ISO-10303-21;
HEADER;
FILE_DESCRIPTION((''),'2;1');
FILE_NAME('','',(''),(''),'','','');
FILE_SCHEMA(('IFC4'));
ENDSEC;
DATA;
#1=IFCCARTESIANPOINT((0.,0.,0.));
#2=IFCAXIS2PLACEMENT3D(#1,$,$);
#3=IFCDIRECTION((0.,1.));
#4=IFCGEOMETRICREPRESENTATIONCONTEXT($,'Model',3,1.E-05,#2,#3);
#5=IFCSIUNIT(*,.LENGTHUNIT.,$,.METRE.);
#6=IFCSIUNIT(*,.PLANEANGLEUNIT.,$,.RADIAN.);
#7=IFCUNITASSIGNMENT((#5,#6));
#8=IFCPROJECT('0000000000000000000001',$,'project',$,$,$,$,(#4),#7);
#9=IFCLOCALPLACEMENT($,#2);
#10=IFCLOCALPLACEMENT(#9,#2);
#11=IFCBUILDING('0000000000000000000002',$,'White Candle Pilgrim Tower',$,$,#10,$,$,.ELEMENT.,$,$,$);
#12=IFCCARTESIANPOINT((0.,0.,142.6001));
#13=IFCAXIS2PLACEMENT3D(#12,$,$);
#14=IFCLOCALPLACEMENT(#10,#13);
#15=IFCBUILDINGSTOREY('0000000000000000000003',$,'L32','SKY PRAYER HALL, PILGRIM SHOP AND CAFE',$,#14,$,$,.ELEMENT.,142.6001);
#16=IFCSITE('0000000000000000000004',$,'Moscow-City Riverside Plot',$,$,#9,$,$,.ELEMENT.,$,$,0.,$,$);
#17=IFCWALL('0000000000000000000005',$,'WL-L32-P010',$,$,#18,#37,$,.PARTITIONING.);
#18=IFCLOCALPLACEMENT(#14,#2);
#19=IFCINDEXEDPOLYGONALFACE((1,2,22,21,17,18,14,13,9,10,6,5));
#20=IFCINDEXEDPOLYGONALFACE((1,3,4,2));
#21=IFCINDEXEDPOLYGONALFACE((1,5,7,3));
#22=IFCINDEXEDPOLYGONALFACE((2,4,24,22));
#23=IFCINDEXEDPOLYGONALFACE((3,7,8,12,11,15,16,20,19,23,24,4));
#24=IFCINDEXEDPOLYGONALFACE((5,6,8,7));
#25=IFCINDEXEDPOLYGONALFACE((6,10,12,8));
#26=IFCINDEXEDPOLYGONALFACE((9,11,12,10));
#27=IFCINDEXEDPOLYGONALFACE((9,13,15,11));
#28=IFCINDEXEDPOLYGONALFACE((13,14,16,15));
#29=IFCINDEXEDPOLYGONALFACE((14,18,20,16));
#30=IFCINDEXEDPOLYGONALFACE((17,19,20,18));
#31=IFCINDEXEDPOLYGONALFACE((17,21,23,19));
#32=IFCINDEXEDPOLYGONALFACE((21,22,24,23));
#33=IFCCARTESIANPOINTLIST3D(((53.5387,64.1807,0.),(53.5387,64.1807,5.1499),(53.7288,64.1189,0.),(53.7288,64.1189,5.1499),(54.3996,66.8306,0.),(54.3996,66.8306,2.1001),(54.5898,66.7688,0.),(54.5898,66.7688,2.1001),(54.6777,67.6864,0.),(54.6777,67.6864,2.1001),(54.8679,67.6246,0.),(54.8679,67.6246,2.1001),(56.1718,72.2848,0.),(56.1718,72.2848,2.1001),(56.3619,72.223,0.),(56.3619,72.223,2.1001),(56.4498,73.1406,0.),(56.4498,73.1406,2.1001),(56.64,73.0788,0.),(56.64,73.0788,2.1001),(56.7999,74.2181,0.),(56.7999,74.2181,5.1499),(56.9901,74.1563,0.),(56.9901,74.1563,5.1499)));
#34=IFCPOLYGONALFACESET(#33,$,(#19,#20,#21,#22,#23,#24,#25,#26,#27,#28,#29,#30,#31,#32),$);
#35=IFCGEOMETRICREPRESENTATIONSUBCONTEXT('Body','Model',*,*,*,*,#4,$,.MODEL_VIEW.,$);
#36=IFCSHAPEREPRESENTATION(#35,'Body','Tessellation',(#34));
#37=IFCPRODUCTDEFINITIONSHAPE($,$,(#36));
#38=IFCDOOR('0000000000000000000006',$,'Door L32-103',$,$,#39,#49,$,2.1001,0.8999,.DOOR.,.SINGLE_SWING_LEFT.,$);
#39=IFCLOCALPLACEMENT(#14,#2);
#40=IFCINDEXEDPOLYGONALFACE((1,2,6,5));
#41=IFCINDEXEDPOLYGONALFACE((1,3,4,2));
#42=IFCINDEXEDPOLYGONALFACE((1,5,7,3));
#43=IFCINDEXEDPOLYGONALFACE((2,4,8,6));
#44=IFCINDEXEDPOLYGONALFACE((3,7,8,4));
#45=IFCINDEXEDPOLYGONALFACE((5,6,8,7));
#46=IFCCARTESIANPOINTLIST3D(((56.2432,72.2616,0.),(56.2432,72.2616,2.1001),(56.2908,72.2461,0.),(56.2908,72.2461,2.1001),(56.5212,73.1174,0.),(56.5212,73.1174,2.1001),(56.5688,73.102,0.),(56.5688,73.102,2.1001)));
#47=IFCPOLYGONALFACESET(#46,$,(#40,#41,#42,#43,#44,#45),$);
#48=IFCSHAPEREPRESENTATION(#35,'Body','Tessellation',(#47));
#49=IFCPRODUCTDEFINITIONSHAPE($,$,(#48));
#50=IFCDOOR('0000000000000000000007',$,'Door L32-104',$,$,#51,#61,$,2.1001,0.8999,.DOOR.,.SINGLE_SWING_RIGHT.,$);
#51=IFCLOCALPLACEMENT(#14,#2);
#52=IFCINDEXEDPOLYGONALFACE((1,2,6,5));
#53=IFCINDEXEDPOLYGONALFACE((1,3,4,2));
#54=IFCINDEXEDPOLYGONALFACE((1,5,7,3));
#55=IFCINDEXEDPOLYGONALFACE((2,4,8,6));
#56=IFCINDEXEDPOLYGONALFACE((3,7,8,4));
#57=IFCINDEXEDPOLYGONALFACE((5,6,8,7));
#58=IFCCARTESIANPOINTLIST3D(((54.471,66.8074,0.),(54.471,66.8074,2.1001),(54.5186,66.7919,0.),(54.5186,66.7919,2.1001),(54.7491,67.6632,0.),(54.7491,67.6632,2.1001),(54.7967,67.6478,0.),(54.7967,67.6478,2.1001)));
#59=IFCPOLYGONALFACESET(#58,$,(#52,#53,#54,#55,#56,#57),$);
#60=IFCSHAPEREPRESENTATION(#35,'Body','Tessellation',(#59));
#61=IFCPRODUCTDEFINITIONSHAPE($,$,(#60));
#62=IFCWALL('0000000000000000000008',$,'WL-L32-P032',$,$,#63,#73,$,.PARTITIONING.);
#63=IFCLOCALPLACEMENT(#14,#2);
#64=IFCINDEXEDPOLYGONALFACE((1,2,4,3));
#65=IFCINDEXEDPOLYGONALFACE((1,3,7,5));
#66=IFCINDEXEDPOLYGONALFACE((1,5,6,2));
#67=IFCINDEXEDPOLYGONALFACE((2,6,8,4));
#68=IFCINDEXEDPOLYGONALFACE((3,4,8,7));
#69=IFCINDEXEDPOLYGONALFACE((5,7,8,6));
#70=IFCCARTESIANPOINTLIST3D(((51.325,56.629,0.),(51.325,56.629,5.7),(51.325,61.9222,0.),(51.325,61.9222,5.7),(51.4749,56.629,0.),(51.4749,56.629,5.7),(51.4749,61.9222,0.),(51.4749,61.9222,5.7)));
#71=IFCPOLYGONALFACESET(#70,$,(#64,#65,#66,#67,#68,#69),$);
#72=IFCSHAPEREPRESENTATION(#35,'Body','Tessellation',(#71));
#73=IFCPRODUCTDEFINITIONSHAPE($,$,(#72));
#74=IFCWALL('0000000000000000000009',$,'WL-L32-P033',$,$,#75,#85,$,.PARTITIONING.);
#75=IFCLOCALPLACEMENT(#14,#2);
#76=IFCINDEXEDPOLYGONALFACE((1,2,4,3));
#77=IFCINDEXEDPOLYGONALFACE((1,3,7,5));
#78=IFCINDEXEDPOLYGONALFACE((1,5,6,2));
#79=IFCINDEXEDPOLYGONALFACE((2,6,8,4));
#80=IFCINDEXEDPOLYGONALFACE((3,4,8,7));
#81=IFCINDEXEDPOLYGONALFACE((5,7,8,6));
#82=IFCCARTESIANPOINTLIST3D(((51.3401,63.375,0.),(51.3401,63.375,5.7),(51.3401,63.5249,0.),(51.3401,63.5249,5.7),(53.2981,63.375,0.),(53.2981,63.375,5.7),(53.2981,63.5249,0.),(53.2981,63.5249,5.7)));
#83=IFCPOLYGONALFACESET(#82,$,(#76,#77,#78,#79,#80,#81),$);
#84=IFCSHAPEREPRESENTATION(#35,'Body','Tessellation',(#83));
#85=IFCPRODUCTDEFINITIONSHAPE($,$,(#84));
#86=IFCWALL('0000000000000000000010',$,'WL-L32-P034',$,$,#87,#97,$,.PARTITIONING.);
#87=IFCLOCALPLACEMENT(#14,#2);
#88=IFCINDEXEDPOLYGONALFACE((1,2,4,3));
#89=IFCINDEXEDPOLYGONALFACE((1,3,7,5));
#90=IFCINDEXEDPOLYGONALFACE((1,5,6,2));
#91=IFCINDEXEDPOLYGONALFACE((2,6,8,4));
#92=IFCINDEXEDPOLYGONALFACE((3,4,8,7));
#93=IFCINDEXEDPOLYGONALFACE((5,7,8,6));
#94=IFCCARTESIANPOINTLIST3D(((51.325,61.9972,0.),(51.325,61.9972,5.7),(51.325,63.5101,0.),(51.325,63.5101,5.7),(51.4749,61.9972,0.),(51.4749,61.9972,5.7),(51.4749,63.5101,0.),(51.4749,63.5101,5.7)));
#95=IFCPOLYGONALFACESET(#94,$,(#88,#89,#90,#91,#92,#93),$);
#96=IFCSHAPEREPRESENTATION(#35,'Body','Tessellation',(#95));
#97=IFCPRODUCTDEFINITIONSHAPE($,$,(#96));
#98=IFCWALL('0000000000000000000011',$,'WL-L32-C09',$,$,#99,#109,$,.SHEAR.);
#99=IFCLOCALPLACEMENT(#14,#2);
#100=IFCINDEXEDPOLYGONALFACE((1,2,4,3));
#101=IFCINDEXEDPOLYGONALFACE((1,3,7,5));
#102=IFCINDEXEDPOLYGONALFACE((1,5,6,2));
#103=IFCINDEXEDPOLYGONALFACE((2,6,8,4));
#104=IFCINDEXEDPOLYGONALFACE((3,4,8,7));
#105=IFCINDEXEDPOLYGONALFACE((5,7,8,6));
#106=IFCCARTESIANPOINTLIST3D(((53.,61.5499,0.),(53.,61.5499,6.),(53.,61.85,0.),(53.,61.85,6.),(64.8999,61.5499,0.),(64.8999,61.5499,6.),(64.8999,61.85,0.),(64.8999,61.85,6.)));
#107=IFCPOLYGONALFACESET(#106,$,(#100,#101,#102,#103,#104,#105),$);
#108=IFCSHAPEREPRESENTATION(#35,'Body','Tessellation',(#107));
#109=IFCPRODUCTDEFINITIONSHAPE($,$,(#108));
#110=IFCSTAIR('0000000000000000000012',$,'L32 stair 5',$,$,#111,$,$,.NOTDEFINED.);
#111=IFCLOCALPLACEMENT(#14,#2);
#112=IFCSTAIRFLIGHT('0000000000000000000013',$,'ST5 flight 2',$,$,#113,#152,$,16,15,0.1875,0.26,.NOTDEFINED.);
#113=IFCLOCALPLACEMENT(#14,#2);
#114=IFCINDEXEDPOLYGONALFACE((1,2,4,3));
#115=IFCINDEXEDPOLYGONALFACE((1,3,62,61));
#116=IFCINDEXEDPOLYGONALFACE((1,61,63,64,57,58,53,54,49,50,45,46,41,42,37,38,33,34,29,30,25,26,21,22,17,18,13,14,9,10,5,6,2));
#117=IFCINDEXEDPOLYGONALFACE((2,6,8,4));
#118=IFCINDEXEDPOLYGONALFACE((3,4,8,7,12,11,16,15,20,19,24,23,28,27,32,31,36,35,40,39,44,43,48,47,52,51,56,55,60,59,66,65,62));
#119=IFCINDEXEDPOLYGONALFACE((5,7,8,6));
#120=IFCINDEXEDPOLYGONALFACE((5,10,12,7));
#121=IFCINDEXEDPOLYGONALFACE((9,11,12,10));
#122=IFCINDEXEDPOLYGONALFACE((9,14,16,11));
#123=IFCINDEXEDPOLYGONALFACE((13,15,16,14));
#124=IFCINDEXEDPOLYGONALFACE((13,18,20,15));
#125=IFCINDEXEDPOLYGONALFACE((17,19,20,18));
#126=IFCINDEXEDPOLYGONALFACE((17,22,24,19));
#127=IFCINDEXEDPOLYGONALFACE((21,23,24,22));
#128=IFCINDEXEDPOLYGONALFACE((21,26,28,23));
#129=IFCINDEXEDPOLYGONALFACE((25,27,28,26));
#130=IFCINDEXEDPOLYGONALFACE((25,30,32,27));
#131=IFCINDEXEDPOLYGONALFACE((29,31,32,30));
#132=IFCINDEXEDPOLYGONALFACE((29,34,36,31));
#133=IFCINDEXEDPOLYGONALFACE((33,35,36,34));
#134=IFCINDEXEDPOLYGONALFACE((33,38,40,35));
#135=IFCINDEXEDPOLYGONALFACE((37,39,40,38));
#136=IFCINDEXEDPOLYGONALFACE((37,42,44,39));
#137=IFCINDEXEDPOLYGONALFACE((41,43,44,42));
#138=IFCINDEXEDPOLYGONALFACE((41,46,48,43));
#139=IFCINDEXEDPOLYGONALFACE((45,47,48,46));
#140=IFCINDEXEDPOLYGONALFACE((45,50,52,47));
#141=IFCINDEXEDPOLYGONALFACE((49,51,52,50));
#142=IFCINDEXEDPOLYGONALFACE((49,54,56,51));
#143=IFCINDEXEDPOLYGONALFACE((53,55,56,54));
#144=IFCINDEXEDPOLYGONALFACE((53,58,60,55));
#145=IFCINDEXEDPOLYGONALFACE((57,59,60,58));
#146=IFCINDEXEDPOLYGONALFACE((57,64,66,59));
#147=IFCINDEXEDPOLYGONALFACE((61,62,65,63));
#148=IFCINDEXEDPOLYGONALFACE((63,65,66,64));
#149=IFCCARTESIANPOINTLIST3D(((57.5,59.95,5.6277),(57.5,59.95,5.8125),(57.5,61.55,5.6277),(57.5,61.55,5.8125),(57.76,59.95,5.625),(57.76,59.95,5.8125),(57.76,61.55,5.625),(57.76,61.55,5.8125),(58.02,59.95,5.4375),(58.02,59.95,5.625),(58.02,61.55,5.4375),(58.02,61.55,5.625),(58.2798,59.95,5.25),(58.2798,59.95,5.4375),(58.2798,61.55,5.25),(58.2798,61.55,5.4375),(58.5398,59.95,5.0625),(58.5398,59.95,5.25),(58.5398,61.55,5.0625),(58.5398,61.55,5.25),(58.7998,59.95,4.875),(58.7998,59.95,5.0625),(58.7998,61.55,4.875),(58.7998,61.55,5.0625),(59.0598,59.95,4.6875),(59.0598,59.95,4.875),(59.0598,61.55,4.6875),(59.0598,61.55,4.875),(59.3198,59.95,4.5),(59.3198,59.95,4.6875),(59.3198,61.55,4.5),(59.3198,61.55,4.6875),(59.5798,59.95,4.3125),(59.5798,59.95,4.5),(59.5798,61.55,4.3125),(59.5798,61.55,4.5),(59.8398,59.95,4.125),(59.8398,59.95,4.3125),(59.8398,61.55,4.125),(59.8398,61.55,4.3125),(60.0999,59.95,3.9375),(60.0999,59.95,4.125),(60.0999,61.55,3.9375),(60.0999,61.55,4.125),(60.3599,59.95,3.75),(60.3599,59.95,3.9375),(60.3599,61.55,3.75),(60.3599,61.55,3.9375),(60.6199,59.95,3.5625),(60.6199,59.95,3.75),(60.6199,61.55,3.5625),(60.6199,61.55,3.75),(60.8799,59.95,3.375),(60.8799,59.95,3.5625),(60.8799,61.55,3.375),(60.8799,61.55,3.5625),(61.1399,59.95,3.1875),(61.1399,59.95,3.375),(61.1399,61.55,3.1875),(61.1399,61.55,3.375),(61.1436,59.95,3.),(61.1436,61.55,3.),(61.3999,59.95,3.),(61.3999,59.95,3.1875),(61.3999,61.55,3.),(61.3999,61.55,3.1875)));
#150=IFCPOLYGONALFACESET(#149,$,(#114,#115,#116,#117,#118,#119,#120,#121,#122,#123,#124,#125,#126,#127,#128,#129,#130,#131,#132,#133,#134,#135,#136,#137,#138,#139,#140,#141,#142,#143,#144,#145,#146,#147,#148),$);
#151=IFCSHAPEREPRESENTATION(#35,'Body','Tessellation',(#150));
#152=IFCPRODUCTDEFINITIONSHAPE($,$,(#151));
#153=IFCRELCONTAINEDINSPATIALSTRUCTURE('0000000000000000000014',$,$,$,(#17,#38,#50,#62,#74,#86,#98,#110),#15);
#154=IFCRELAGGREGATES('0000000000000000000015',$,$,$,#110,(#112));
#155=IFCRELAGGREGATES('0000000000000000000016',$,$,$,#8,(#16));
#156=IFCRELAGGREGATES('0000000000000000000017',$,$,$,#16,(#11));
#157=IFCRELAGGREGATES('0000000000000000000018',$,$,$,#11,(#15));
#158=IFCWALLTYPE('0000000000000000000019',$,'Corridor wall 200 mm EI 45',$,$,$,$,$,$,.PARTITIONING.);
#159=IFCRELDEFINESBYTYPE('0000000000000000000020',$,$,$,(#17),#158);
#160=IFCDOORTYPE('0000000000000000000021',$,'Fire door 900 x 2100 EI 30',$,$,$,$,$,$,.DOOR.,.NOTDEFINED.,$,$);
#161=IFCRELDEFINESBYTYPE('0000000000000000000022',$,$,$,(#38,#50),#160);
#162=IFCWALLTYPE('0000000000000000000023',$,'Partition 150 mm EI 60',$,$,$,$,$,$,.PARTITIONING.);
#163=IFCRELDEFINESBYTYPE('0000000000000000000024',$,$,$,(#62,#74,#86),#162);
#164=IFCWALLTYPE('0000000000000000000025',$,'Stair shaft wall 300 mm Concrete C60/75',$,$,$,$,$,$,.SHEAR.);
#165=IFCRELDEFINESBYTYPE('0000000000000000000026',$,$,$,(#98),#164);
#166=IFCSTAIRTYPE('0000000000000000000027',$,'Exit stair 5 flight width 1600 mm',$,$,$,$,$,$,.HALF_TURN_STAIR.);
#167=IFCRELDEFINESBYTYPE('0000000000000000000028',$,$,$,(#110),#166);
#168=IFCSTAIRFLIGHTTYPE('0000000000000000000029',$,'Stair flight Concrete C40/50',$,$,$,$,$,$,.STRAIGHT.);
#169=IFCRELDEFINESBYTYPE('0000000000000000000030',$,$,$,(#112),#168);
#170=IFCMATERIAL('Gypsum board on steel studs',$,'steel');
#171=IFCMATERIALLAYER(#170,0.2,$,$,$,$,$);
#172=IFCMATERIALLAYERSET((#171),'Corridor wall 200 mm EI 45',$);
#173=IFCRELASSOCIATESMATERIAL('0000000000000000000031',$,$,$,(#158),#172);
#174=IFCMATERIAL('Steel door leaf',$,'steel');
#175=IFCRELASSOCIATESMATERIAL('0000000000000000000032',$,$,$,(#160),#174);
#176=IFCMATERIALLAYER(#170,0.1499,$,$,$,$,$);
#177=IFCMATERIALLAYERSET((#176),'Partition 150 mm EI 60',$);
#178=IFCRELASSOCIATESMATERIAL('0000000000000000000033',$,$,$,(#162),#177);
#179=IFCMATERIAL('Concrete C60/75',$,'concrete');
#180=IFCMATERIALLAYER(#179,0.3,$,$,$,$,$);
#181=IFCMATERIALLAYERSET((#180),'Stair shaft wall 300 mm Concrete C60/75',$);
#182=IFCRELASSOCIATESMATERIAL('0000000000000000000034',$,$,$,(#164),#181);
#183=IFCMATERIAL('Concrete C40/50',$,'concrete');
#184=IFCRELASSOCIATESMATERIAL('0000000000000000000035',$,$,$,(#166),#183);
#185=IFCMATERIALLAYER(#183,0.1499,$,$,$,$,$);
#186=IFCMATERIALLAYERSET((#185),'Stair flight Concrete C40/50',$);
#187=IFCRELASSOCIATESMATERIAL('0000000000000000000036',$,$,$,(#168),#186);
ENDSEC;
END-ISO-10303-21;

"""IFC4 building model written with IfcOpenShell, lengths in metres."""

from ifc_helpers import new_model, si_unit, direction, frame, frame_2d, origin, place, context, subcontext, project, spatial, polyline, rectangle, outline, extrude, material, layer, layer_set, type_object, element, fill, aggregate, save


model = new_model("IFC4")

# Units and contexts
model_context = context("Model", 3, precision=1e-05, world=origin(), true_north=direction((0.0, 1.0)))
body_context = subcontext(model_context, "Body", "Model", "MODEL_VIEW")
ifc_project = project(units=[si_unit("LENGTHUNIT", "METRE"), si_unit("PLANEANGLEUNIT", "RADIAN")], contexts=[model_context])

# Site, building, storey
site_placement = place(None, origin())
site = spatial("IfcSite", under=ifc_project, at=site_placement, Name="Moscow-City Riverside Plot", CompositionType="ELEMENT", RefElevation=0.0)
building_placement = place(site_placement, origin())
building = spatial("IfcBuilding", under=site, at=building_placement, Name="White Candle Pilgrim Tower", CompositionType="ELEMENT")
storey_placement = place(building_placement, frame((0.0, 0.0, 142.6001)))
storey = spatial("IfcBuildingStorey", under=building, at=storey_placement, Name="L32", Description="SKY PRAYER HALL, PILGRIM SHOP AND CAFE", CompositionType="ELEMENT", Elevation=142.6001)

# Shared definitions
ifc_material_1 = material(Name="Gypsum board on steel studs", Category="steel")
ifc_layer_1 = layer(ifc_material_1, 0.2)
ifc_layer_set_1 = layer_set([ifc_layer_1], Name="Corridor wall 200 mm EI 45")
wall_type_1 = type_object("IfcWallType", Name="Corridor wall 200 mm EI 45", PredefinedType="PARTITIONING", material=ifc_layer_set_1)

# Wall, openings, doors
wall_1_placement = place(storey_placement, frame((53.6338, 64.1499, 0.0), z_axis=(0.0, 0.0, 1.0), x_axis=(0.309008, 0.951059, 0.0)))
wall_1 = element("IfcWall", 1, at=wall_1_placement, inside=storey, type_object=wall_type_1, Name="WL-L32-P010", PredefinedType="PARTITIONING", context=body_context, shape_type="SweptSolid", body=[
    extrude(rectangle(XDim=10.554, YDim=0.2, at=frame_2d((5.2769, 0.0))), origin(), (0.0, 0.0, 1.0), 5.1499),
])
opening_1_placement = place(wall_1_placement, frame((8.521, 0.0, 0.0)))
opening_1 = element("IfcOpeningElement", 2, at=opening_1_placement, cuts=wall_1, PredefinedType="OPENING", context=body_context, shape_type="SweptSolid", body=[
    extrude(rectangle(XDim=0.8999, YDim=2.1001, at=frame_2d((0.45, 1.05))), frame((0.0, 0.1099, 0.0), z_axis=(0.0, -1.0, 0.0), x_axis=(1.0, 0.0, 0.0)), (0.0, 0.0, 1.0), 0.22),
])
opening_2_placement = place(wall_1_placement, frame((2.7861, 0.0, 0.0)))
opening_2 = element("IfcOpeningElement", 3, at=opening_2_placement, cuts=wall_1, PredefinedType="OPENING", context=body_context, shape_type="SweptSolid", body=[
    extrude(rectangle(XDim=0.8999, YDim=2.1001, at=frame_2d((0.45, 1.05))), frame((0.0, 0.1099, 0.0), z_axis=(0.0, -1.0, 0.0), x_axis=(1.0, 0.0, 0.0)), (0.0, 0.0, 1.0), 0.22),
])
ifc_material_2 = material(Name="Steel door leaf", Category="steel")
door_type = type_object("IfcDoorType", Name="Fire door 900 x 2100 EI 30", OperationType="NOTDEFINED", PredefinedType="DOOR", material=ifc_material_2)
door_1_placement = place(opening_1_placement, origin())
door_1 = element("IfcDoor", 4, at=door_1_placement, inside=storey, type_object=door_type, Name="Door L32-103", OperationType="SINGLE_SWING_LEFT", OverallHeight=2.1001, OverallWidth=0.8999, PredefinedType="DOOR", context=body_context, shape_type="SweptSolid", body=[
    extrude(rectangle(XDim=0.8999, YDim=2.1001, at=frame_2d((0.45, 1.05))), frame((0.0, 0.0249, 0.0), z_axis=(0.0, -1.0, 0.0), x_axis=(1.0, 0.0, 0.0)), (0.0, 0.0, 1.0), 0.05),
])
fill(opening_1, door_1)
door_2_placement = place(opening_2_placement, origin())
door_2 = element("IfcDoor", 5, at=door_2_placement, inside=storey, type_object=door_type, Name="Door L32-104", OperationType="SINGLE_SWING_RIGHT", OverallHeight=2.1001, OverallWidth=0.8999, PredefinedType="DOOR", context=body_context, shape_type="SweptSolid", body=[
    extrude(rectangle(XDim=0.8999, YDim=2.1001, at=frame_2d((0.45, 1.05))), frame((0.0, 0.0249, 0.0), z_axis=(0.0, -1.0, 0.0), x_axis=(1.0, 0.0, 0.0)), (0.0, 0.0, 1.0), 0.05),
])
fill(opening_2, door_2)

# Walls
ifc_layer_2 = layer(ifc_material_1, 0.1499)
ifc_layer_set_2 = layer_set([ifc_layer_2], Name="Partition 150 mm EI 60")
wall_type_2 = type_object("IfcWallType", Name="Partition 150 mm EI 60", PredefinedType="PARTITIONING", material=ifc_layer_set_2)
wall_2_placement = place(storey_placement, frame((51.3999, 61.9221, 0.0), z_axis=(0.0, 0.0, 1.0), x_axis=(0.0, -1.0, 0.0)))
element("IfcWall", 6, at=wall_2_placement, inside=storey, type_object=wall_type_2, Name="WL-L32-P032", PredefinedType="PARTITIONING", context=body_context, shape_type="SweptSolid", body=[
    extrude(rectangle(XDim=5.2932, YDim=0.1499, at=frame_2d((2.6465, 0.0))), origin(), (0.0, 0.0, 1.0), 5.7),
])
wall_3_placement = place(storey_placement, frame((53.2981, 63.45, 0.0), z_axis=(0.0, 0.0, 1.0), x_axis=(-1.0, 0.0, 0.0)))
element("IfcWall", 7, at=wall_3_placement, inside=storey, type_object=wall_type_2, Name="WL-L32-P033", PredefinedType="PARTITIONING", context=body_context, shape_type="SweptSolid", body=[
    extrude(rectangle(XDim=1.958, YDim=0.1499, at=frame_2d((0.979, 0.0))), origin(), (0.0, 0.0, 1.0), 5.7),
])
wall_4_placement = place(storey_placement, frame((51.3999, 63.51, 0.0), z_axis=(0.0, 0.0, 1.0), x_axis=(0.0, -1.0, 0.0)))
element("IfcWall", 8, at=wall_4_placement, inside=storey, type_object=wall_type_2, Name="WL-L32-P034", PredefinedType="PARTITIONING", context=body_context, shape_type="SweptSolid", body=[
    extrude(rectangle(XDim=1.5129, YDim=0.1499, at=frame_2d((0.7563, 0.0))), origin(), (0.0, 0.0, 1.0), 5.7),
])
ifc_material_3 = material(Name="Concrete C60/75", Category="concrete")
ifc_layer_3 = layer(ifc_material_3, 0.3)
ifc_layer_set_3 = layer_set([ifc_layer_3], Name="Stair shaft wall 300 mm Concrete C60/75")
wall_type_3 = type_object("IfcWallType", Name="Stair shaft wall 300 mm Concrete C60/75", PredefinedType="SHEAR", material=ifc_layer_set_3)
wall_5_placement = place(storey_placement, frame((53.0, 61.7, 0.0), z_axis=(0.0, 0.0, 1.0), x_axis=(1.0, 0.0, 0.0)))
element("IfcWall", 9, at=wall_5_placement, inside=storey, type_object=wall_type_3, Name="WL-L32-C09", PredefinedType="SHEAR", context=body_context, shape_type="SweptSolid", body=[
    extrude(rectangle(XDim=11.8999, YDim=0.3, at=frame_2d((5.95, 0.0))), origin(), (0.0, 0.0, 1.0), 6.0),
])

# Stair, stair flight
ifc_material_4 = material(Name="Concrete C40/50", Category="concrete")
stair_type = type_object("IfcStairType", Name="Exit stair 5 flight width 1600 mm", PredefinedType="HALF_TURN_STAIR", material=ifc_material_4)
stair_placement = place(storey_placement, origin())
stair = element("IfcStair", 10, at=stair_placement, inside=storey, type_object=stair_type, Name="L32 stair 5", PredefinedType="NOTDEFINED")
ifc_layer_4 = layer(ifc_material_4, 0.1499)
ifc_layer_set_4 = layer_set([ifc_layer_4], Name="Stair flight Concrete C40/50")
stair_flight_type = type_object("IfcStairFlightType", Name="Stair flight Concrete C40/50", PredefinedType="STRAIGHT", material=ifc_layer_set_4)
stair_flight_placement = place(storey_placement, frame((61.3999, 60.75, 3.0), z_axis=(0.0, 0.0, 1.0), x_axis=(-1.0, 0.0, 0.0)))
stair_flight = element("IfcStairFlight", 11, at=stair_flight_placement, type_object=stair_flight_type, Name="ST5 flight 2", NumberOfRisers=16, NumberOfTreads=15, PredefinedType="NOTDEFINED", RiserHeight=0.1875, TreadLength=0.26, context=body_context, shape_type="SweptSolid", body=[
    extrude(outline(polyline([(0.0, 0.0), (0.0, 0.1875), (0.26, 0.1875), (0.26, 0.375), (0.52, 0.375), (0.52, 0.5625), (0.78, 0.5625), (0.78, 0.75), (1.04, 0.75), (1.04, 0.9375), (1.3, 0.9375), (1.3, 1.125), (1.5601, 1.125), (1.5601, 1.3125), (1.8201, 1.3125), (1.8201, 1.5), (2.0801, 1.5), (2.0801, 1.6875), (2.3401, 1.6875), (2.3401, 1.875), (2.6001, 1.875), (2.6001, 2.0625), (2.8601, 2.0625), (2.8601, 2.25), (3.1201, 2.25), (3.1201, 2.4375), (3.3799, 2.4375), (3.3799, 2.625), (3.6399, 2.625), (3.6399, 2.8125), (3.8999, 2.8125), (3.8999, 3.0), (3.8999, 2.6277), (0.2563, 0.0), (0.0, 0.0)])), frame((0.0, 0.8, 0.0), z_axis=(0.0, -1.0, 0.0), x_axis=(1.0, 0.0, 0.0)), (0.0, 0.0, 1.0), 1.6001),
])
aggregate(stair, [stair_flight])

save(model, "model.ifc")
